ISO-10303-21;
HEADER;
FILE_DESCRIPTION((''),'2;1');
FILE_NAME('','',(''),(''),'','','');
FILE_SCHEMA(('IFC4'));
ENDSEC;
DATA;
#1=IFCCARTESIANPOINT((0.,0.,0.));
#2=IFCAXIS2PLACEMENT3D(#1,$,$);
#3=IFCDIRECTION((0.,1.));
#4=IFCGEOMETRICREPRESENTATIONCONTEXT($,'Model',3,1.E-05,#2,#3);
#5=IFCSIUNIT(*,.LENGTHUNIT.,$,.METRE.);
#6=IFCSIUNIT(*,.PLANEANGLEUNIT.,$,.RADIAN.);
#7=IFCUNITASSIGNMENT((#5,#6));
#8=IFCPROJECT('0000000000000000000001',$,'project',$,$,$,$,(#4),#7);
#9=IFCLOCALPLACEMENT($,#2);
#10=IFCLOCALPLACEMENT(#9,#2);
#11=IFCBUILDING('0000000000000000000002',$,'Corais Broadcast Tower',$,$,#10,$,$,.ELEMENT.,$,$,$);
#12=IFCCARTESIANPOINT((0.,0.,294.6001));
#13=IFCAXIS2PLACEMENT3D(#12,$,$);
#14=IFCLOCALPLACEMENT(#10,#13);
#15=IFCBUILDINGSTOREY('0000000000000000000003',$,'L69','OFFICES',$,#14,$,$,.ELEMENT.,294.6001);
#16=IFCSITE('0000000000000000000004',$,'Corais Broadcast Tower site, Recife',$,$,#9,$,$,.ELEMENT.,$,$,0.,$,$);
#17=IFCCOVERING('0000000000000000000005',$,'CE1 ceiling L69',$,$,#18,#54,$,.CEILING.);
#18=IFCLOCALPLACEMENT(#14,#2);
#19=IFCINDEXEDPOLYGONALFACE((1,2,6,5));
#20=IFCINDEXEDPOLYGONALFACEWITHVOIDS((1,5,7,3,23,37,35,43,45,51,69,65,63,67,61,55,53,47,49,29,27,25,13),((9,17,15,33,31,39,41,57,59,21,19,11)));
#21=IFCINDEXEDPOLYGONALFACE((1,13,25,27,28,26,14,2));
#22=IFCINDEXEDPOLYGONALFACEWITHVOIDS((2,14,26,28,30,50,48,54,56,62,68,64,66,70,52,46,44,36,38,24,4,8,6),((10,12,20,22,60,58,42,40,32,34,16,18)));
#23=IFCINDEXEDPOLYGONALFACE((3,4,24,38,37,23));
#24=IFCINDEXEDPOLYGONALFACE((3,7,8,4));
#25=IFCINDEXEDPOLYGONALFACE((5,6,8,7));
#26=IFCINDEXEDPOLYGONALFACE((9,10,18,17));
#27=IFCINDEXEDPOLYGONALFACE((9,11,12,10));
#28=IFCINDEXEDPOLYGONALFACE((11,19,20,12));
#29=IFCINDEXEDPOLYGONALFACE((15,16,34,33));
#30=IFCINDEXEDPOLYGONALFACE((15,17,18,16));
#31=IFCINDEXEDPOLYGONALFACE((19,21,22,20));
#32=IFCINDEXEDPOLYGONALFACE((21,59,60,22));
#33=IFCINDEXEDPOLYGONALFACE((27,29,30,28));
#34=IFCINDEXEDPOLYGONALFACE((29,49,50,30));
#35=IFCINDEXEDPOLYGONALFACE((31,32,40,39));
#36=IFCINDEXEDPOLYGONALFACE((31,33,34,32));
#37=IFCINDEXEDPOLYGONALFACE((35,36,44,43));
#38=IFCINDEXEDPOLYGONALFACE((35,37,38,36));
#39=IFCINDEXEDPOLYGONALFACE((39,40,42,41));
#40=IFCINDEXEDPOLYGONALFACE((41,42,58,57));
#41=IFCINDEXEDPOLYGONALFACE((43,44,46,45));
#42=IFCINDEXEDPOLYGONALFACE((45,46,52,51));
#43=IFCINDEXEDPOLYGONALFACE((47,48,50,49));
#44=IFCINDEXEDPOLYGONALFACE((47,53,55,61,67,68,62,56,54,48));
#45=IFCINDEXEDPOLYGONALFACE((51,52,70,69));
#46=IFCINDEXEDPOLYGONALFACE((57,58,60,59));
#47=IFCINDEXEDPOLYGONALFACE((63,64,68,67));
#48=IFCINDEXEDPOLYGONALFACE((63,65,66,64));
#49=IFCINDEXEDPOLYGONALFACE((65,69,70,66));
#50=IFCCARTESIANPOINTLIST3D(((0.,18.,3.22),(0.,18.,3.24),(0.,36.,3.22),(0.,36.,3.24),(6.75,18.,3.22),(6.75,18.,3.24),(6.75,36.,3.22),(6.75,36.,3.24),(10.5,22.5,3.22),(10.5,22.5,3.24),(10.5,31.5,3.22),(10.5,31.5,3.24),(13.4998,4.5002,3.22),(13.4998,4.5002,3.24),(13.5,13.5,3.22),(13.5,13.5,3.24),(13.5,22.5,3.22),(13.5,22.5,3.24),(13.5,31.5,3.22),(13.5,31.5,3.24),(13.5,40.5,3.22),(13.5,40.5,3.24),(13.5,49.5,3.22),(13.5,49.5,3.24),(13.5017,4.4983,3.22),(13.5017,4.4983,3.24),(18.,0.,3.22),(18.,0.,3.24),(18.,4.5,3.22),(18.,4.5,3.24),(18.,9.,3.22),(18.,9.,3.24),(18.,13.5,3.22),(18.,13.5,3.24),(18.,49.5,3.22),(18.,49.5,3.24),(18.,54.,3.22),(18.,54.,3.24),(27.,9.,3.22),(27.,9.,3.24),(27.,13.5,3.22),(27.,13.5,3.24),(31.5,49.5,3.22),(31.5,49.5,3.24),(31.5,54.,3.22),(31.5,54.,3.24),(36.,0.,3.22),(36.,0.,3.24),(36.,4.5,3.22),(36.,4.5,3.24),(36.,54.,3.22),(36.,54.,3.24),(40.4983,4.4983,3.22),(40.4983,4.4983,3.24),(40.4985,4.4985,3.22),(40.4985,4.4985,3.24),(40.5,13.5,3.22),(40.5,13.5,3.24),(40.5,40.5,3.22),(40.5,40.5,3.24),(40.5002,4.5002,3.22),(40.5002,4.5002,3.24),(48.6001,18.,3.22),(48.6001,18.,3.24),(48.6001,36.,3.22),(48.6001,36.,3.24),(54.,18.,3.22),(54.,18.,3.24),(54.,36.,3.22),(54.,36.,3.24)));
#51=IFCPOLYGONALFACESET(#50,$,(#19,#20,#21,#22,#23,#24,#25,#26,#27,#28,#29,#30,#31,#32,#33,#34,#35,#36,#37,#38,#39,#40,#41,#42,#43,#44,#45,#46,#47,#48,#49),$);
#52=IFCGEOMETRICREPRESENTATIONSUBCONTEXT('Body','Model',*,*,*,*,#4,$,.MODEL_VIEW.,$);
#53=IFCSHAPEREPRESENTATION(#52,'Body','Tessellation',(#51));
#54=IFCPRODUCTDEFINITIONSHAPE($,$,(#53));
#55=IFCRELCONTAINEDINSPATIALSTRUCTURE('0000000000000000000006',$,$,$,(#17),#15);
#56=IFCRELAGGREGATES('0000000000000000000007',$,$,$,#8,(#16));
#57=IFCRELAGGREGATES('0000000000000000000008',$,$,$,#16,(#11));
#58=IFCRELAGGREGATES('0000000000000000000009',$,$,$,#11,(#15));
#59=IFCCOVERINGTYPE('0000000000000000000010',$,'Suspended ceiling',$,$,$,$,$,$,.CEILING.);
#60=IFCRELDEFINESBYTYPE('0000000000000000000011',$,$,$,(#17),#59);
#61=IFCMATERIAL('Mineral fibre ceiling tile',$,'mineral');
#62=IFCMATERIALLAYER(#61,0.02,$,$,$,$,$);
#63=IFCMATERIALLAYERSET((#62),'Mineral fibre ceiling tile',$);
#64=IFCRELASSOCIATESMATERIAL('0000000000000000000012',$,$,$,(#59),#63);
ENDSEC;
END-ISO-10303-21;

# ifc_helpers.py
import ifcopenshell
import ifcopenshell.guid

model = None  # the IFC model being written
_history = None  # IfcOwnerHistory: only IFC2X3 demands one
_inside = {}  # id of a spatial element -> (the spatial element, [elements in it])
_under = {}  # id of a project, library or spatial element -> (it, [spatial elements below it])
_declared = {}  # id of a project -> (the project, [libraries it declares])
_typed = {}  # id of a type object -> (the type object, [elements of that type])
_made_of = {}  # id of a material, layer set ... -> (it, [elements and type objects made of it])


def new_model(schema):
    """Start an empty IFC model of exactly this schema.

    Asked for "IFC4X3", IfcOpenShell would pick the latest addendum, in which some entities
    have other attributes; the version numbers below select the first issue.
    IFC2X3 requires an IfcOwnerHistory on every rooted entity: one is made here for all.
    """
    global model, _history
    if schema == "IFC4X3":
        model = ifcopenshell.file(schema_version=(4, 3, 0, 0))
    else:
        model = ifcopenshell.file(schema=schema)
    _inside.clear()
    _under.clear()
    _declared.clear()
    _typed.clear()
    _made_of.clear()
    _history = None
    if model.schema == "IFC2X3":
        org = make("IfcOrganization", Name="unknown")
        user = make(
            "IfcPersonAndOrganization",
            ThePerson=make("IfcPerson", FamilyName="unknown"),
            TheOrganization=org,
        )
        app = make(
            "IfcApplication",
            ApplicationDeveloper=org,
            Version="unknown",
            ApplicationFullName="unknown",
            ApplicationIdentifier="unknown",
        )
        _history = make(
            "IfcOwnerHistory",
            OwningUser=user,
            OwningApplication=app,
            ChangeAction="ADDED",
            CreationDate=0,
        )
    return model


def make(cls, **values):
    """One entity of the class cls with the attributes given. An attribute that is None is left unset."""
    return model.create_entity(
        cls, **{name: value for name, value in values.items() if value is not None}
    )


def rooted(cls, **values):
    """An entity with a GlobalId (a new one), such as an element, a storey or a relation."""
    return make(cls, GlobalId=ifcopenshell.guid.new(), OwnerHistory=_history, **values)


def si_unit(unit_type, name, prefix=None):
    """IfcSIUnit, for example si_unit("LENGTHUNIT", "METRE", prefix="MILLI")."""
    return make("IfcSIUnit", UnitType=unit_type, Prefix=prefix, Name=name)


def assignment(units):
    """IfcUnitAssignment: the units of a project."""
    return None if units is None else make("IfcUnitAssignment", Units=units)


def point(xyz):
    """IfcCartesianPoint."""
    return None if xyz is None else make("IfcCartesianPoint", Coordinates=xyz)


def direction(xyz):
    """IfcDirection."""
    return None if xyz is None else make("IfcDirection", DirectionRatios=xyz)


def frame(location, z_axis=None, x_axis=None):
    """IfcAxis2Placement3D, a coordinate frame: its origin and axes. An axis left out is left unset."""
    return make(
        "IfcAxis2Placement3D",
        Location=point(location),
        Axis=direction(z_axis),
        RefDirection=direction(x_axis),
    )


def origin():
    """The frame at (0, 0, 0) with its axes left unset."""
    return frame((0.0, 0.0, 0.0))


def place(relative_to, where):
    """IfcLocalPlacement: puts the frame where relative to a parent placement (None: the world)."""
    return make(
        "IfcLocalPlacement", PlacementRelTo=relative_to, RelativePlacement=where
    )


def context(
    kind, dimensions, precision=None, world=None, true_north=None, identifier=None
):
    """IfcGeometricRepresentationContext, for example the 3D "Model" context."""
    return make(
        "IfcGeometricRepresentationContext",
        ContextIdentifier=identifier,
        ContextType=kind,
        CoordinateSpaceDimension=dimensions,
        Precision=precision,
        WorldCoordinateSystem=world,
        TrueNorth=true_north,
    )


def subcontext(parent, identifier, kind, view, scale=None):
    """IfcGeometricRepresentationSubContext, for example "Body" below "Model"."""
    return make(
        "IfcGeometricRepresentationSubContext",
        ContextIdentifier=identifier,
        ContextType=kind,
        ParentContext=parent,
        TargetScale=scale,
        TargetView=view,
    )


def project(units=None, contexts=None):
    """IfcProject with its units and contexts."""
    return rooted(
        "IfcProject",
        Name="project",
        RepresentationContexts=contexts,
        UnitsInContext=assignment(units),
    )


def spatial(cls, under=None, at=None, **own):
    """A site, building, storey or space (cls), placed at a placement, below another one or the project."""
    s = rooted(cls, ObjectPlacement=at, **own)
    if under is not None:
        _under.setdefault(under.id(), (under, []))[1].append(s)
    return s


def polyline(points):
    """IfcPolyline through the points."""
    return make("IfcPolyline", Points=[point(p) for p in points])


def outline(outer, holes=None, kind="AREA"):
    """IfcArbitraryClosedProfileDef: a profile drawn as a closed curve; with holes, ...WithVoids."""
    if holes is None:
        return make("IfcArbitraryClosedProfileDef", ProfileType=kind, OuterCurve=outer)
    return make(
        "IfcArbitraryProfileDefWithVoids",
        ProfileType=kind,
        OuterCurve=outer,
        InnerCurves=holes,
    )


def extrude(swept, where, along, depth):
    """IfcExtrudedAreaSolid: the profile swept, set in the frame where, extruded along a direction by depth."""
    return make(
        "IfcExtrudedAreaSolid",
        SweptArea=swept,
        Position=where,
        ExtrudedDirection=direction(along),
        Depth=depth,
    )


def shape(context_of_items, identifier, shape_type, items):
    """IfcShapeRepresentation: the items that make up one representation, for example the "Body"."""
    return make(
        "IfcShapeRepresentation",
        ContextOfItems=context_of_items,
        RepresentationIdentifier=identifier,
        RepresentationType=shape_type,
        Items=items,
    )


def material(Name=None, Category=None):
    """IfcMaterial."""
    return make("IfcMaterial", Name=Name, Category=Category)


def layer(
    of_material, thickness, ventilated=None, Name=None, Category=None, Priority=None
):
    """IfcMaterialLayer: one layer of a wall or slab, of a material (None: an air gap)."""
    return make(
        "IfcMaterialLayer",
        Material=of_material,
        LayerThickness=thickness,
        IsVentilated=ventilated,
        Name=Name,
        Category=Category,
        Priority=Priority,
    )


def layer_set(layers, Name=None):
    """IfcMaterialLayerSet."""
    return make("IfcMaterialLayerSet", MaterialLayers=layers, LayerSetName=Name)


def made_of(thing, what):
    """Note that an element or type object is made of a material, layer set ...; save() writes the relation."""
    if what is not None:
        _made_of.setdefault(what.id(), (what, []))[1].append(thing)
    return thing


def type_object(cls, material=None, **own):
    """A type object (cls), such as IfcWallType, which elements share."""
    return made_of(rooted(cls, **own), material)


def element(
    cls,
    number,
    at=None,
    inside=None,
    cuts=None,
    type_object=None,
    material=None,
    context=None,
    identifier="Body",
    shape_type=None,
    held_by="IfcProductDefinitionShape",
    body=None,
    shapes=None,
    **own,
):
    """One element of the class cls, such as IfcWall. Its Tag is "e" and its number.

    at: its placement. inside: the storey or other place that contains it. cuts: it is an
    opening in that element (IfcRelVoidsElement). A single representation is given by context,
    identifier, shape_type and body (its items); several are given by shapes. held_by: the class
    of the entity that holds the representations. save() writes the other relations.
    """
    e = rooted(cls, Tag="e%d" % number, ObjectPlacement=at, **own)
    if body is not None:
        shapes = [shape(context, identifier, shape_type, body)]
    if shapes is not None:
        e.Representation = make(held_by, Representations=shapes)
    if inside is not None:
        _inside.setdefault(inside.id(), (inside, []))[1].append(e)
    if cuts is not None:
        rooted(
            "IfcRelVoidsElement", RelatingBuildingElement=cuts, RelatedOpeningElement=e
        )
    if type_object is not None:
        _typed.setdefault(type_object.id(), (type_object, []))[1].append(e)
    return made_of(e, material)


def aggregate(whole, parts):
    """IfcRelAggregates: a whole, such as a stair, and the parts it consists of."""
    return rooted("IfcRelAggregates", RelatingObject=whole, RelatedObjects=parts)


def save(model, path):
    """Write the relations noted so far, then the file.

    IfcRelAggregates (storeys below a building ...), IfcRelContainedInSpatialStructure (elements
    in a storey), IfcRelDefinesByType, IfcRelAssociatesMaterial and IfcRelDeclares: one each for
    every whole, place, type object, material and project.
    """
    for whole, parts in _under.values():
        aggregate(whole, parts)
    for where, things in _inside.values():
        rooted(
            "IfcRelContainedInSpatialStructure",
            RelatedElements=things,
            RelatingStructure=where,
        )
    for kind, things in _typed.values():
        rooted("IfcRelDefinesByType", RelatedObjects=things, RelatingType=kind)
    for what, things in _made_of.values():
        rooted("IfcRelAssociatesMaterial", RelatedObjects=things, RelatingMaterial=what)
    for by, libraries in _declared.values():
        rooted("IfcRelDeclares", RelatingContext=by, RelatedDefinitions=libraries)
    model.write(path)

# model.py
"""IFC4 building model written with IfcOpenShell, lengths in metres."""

from ifc_helpers import new_model, si_unit, direction, frame, origin, place, context, subcontext, project, spatial, polyline, outline, extrude, material, layer, layer_set, type_object, element, save


model = new_model("IFC4")

# Units and contexts
model_context = context("Model", 3, precision=1e-05, world=origin(), true_north=direction((0.0, 1.0)))
body_context = subcontext(model_context, "Body", "Model", "MODEL_VIEW")
ifc_project = project(units=[si_unit("LENGTHUNIT", "METRE"), si_unit("PLANEANGLEUNIT", "RADIAN")], contexts=[model_context])

# Site, building, storey
site_placement = place(None, origin())
site = spatial("IfcSite", under=ifc_project, at=site_placement, Name="Corais Broadcast Tower site, Recife", CompositionType="ELEMENT", RefElevation=0.0)
building_placement = place(site_placement, origin())
building = spatial("IfcBuilding", under=site, at=building_placement, Name="Corais Broadcast Tower", CompositionType="ELEMENT")
storey_placement = place(building_placement, frame((0.0, 0.0, 294.6001)))
storey = spatial("IfcBuildingStorey", under=building, at=storey_placement, Name="L69", Description="OFFICES", CompositionType="ELEMENT", Elevation=294.6001)

# Covering
ifc_material_1 = material(Name="Mineral fibre ceiling tile", Category="mineral")
ifc_layer_1 = layer(ifc_material_1, 0.02)
ifc_layer_set_1 = layer_set([ifc_layer_1], Name="Mineral fibre ceiling tile")
covering_type_1 = type_object("IfcCoveringType", Name="Suspended ceiling", PredefinedType="CEILING", material=ifc_layer_set_1)
covering_1_placement = place(storey_placement, frame((0.0, 0.0, 3.22)))
element("IfcCovering", 1, at=covering_1_placement, inside=storey, type_object=covering_type_1, Name="CE1 ceiling L69", PredefinedType="CEILING", context=body_context, shape_type="SweptSolid", body=[
    extrude(outline(polyline([(13.5, 49.5), (18.0, 54.0), (18.0, 49.5), (31.5, 49.5), (31.5, 54.0), (36.0, 54.0), (54.0, 36.0), (48.6001, 36.0), (48.6001, 18.0), (54.0, 18.0), (40.5002, 4.5002), (40.4985, 4.4985), (40.4983, 4.4983), (36.0, 0.0), (36.0, 4.5), (18.0, 4.5), (18.0, 0.0), (13.5017, 4.4983), (13.4998, 4.5002), (0.0, 18.0), (6.75, 18.0), (6.75, 36.0), (0.0, 36.0), (13.5, 49.5)]), holes=[polyline([(13.5, 40.5), (13.5, 31.5), (10.5, 31.5), (10.5, 22.5), (13.5, 22.5), (13.5, 13.5), (18.0, 13.5), (18.0, 9.0), (27.0, 9.0), (27.0, 13.5), (40.5, 13.5), (40.5, 40.5), (13.5, 40.5)])]), origin(), (0.0, 0.0, 1.0), 0.02),
])

save(model, "model.ifc")
